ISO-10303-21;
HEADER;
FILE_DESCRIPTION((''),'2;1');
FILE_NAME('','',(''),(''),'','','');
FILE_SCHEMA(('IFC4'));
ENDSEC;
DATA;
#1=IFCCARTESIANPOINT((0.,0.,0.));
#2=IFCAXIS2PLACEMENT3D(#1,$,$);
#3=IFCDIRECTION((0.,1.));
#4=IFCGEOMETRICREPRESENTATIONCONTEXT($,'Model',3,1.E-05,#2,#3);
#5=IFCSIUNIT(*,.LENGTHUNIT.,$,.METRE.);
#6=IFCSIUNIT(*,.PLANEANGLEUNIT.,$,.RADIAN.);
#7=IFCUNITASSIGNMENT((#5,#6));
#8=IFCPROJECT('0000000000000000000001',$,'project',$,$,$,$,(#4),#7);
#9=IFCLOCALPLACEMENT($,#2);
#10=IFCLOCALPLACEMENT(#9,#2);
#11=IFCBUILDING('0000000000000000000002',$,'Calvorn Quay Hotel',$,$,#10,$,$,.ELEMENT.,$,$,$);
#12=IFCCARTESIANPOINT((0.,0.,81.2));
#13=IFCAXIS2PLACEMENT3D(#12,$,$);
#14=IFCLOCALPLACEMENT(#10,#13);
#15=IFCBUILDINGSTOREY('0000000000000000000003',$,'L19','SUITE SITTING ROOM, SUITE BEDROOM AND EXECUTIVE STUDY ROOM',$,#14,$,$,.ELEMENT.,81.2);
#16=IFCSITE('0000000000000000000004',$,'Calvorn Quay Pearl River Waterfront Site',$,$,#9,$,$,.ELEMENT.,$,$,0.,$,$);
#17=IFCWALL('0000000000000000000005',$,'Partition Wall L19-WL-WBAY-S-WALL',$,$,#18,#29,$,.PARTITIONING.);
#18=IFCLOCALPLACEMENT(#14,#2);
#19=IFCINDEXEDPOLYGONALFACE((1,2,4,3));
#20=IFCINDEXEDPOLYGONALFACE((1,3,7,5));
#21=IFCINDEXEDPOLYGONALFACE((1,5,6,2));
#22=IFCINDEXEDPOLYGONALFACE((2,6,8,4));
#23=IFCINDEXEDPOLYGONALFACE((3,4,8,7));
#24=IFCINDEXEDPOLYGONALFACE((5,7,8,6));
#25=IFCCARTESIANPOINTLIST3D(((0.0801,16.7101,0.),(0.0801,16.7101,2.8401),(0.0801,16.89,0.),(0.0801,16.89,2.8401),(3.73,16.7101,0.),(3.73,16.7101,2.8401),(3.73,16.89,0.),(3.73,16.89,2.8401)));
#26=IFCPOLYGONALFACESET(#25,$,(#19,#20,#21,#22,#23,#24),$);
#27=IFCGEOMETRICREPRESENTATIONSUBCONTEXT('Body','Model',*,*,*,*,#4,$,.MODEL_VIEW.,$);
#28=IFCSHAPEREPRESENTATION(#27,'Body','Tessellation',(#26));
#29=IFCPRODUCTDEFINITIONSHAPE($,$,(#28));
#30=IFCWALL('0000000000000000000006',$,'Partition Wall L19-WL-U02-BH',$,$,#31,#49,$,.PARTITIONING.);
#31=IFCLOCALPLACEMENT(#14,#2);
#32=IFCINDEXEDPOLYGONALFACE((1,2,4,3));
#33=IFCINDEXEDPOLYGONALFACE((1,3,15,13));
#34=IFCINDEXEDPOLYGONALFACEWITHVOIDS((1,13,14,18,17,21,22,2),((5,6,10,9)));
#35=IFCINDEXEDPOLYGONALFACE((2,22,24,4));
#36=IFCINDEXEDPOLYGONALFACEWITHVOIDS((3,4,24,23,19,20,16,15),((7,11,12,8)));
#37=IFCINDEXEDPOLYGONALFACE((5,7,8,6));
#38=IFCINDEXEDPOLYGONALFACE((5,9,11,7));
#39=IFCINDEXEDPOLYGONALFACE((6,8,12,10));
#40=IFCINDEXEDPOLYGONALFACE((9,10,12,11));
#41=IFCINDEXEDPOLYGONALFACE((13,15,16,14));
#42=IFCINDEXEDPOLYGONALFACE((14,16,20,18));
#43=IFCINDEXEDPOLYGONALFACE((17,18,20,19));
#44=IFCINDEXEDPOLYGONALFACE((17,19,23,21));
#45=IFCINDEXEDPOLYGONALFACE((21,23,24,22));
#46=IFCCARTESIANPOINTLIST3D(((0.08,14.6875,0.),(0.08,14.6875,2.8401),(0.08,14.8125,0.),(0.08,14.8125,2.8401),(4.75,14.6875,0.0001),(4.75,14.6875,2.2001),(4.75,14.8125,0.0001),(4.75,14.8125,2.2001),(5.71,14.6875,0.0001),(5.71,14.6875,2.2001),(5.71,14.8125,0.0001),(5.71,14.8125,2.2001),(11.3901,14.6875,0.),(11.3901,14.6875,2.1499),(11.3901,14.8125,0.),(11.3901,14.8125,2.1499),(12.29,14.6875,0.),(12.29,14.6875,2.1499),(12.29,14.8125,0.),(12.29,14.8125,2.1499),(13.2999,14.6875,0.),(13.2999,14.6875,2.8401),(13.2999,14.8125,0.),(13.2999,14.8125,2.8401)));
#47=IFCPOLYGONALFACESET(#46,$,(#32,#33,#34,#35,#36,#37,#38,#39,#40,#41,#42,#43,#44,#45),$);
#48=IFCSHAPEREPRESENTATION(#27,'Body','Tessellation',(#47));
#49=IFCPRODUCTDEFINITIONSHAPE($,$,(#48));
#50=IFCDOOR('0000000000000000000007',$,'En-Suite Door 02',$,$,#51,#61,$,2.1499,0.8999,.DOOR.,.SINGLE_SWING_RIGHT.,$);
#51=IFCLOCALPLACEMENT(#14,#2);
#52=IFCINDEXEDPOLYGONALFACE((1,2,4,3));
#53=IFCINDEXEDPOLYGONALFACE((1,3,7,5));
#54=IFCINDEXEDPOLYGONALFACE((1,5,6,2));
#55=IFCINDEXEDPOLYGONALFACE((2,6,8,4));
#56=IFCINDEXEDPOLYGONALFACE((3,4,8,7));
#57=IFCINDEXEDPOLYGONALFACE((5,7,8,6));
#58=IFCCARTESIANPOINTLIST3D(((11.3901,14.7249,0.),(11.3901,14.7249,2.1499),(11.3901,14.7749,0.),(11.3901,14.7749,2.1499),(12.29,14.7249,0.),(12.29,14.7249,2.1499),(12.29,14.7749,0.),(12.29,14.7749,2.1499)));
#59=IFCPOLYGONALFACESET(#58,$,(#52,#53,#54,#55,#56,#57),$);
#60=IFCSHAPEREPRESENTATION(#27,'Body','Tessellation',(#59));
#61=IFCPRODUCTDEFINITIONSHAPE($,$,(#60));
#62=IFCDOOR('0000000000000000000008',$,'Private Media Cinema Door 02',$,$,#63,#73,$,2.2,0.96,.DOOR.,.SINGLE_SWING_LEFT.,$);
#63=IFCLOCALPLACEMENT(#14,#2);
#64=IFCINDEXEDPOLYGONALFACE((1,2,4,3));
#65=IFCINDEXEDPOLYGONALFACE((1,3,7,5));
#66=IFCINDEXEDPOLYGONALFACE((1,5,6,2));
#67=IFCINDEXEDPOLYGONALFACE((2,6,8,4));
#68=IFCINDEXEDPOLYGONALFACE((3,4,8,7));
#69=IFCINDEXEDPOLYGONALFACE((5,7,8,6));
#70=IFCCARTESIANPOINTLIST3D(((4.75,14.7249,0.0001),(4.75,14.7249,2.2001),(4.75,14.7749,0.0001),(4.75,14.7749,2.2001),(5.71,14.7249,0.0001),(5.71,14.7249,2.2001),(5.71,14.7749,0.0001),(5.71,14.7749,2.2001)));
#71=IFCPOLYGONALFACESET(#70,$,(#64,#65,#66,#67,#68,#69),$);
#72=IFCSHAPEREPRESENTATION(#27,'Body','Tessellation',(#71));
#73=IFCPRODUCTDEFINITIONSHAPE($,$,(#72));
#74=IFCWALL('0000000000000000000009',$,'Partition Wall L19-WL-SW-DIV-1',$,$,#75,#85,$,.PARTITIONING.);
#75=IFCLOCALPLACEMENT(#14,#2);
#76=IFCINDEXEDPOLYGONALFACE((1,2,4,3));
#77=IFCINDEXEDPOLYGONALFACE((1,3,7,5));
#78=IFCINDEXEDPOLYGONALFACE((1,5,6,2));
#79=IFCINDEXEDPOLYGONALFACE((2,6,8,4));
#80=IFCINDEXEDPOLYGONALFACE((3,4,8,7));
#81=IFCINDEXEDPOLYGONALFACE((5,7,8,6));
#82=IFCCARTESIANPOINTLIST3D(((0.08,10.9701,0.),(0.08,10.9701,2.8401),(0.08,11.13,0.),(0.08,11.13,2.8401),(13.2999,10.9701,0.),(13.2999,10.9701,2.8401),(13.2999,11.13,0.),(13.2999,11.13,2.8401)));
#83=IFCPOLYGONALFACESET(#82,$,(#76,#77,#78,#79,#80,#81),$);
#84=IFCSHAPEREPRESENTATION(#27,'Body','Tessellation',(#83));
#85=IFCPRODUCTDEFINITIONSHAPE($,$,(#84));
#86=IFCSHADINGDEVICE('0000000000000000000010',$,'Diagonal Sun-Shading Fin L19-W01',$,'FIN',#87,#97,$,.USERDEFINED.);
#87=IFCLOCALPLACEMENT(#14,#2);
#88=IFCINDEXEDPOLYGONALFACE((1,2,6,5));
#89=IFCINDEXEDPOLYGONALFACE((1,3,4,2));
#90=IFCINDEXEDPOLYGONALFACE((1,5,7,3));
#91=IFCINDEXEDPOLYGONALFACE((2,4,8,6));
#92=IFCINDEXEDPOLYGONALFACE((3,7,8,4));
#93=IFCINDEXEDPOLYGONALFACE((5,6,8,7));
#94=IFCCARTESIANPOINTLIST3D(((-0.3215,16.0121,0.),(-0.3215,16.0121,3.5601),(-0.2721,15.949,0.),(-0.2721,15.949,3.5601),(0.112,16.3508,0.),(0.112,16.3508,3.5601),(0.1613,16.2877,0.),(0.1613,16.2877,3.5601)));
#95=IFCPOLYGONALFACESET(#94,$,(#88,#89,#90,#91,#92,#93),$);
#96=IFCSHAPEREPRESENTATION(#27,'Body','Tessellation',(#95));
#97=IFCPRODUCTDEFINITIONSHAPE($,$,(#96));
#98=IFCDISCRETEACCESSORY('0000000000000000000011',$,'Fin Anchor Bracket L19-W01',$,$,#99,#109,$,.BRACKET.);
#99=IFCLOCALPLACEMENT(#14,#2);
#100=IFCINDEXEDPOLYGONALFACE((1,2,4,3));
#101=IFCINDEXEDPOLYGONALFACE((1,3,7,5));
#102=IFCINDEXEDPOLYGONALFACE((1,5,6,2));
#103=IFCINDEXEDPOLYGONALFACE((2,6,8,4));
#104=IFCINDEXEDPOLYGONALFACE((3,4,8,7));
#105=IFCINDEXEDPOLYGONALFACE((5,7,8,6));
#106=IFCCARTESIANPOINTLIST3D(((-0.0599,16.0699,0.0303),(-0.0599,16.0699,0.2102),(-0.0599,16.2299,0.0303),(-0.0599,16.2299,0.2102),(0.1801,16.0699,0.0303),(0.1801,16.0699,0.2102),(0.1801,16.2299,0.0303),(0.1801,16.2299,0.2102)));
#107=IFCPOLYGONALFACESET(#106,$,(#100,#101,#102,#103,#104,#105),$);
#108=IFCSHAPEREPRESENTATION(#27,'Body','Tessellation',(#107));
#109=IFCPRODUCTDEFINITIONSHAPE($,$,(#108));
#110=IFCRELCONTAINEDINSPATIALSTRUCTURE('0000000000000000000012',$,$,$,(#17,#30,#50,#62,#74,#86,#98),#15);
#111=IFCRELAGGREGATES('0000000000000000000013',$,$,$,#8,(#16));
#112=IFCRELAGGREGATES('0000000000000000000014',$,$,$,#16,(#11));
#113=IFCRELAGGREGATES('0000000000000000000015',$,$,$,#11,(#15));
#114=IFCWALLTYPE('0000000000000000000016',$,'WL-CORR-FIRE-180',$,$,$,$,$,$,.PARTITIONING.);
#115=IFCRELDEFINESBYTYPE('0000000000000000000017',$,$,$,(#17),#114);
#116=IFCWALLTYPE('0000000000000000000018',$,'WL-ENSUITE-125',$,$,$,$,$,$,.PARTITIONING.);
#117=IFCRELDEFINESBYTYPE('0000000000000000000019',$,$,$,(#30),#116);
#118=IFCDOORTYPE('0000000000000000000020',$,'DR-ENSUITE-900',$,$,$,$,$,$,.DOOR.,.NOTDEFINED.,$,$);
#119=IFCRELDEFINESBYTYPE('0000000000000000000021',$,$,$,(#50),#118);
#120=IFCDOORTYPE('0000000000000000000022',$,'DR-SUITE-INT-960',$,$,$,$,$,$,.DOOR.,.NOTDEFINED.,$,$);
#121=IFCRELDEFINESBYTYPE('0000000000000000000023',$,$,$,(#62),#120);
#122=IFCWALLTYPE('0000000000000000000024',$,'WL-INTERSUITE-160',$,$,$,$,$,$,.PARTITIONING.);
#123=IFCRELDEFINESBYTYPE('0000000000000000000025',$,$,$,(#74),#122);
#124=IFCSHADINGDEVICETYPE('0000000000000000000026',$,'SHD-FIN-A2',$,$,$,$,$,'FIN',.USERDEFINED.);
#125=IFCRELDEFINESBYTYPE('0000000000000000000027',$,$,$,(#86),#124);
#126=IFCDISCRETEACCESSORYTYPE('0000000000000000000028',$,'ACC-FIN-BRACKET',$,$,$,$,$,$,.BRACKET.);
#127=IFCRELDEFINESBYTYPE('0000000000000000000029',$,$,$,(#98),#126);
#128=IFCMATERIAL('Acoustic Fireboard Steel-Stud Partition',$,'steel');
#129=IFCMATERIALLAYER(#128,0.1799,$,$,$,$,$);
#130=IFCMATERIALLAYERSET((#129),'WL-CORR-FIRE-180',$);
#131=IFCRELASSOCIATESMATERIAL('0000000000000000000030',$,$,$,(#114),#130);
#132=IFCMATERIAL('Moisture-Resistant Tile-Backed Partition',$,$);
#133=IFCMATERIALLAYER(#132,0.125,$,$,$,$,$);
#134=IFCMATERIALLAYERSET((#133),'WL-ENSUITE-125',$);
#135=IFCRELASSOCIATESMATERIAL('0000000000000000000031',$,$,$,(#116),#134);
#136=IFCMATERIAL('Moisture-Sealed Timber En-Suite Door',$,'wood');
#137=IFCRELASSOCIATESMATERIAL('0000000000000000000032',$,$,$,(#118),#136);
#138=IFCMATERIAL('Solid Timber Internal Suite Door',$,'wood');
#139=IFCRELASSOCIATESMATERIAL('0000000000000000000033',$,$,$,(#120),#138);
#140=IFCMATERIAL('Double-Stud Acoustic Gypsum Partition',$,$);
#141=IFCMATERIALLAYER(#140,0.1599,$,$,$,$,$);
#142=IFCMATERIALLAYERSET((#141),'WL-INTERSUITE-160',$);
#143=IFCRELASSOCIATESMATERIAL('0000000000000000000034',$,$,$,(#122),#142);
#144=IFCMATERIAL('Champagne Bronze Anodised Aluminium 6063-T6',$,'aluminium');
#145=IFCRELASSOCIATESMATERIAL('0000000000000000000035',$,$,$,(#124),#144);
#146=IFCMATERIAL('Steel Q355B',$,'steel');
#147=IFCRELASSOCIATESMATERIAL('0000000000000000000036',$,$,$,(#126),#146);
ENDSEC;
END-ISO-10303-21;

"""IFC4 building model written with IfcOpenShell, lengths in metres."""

from ifc_helpers import new_model, si_unit, direction, frame, frame_2d, origin, origin_2d, place, context, subcontext, project, spatial, rectangle, extrude, material, layer, layer_set, type_object, element, fill, save


model = new_model("IFC4")

# Units and contexts
model_context = context("Model", 3, precision=1e-05, world=origin(), true_north=direction((0.0, 1.0)))
body_context = subcontext(model_context, "Body", "Model", "MODEL_VIEW")
ifc_project = project(units=[si_unit("LENGTHUNIT", "METRE"), si_unit("PLANEANGLEUNIT", "RADIAN")], contexts=[model_context])

# Site, building, storey
site_placement = place(None, origin())
site = spatial("IfcSite", under=ifc_project, at=site_placement, Name="Calvorn Quay Pearl River Waterfront Site", CompositionType="ELEMENT", RefElevation=0.0)
building_placement = place(site_placement, origin())
building = spatial("IfcBuilding", under=site, at=building_placement, Name="Calvorn Quay Hotel", CompositionType="ELEMENT")
storey_placement = place(building_placement, frame((0.0, 0.0, 81.2)))
storey = spatial("IfcBuildingStorey", under=building, at=storey_placement, Name="L19", Description="SUITE SITTING ROOM, SUITE BEDROOM AND EXECUTIVE STUDY ROOM", CompositionType="ELEMENT", Elevation=81.2)

# Wall
ifc_material_1 = material(Name="Acoustic Fireboard Steel-Stud Partition", Category="steel")
ifc_layer_1 = layer(ifc_material_1, 0.1799)
ifc_layer_set_1 = layer_set([ifc_layer_1], Name="WL-CORR-FIRE-180")
wall_type_1 = type_object("IfcWallType", Name="WL-CORR-FIRE-180", PredefinedType="PARTITIONING", material=ifc_layer_set_1)
wall_1_placement = place(storey_placement, frame((0.0801, 16.8, 0.0), z_axis=(0.0, 0.0, 1.0), x_axis=(1.0, 0.0, 0.0)))
element("IfcWall", 1, at=wall_1_placement, inside=storey, type_object=wall_type_1, Name="Partition Wall L19-WL-WBAY-S-WALL", PredefinedType="PARTITIONING", context=body_context, shape_type="SweptSolid", body=[
    extrude(rectangle(XDim=3.6499, YDim=0.1799, at=frame_2d((1.825, 0.0))), origin(), (0.0, 0.0, 1.0), 2.8401),
])

# Wall, openings, doors
ifc_material_2 = material(Name="Moisture-Resistant Tile-Backed Partition")
ifc_layer_2 = layer(ifc_material_2, 0.125)
ifc_layer_set_2 = layer_set([ifc_layer_2], Name="WL-ENSUITE-125")
wall_type_2 = type_object("IfcWallType", Name="WL-ENSUITE-125", PredefinedType="PARTITIONING", material=ifc_layer_set_2)
wall_2_placement = place(storey_placement, frame((0.0801, 14.75, 0.0), z_axis=(0.0, 0.0, 1.0), x_axis=(1.0, 0.0, 0.0)))
wall_2 = element("IfcWall", 2, at=wall_2_placement, inside=storey, type_object=wall_type_2, Name="Partition Wall L19-WL-U02-BH", PredefinedType="PARTITIONING", context=body_context, shape_type="SweptSolid", body=[
    extrude(rectangle(XDim=13.22, YDim=0.125, at=frame_2d((6.6099, 0.0))), origin(), (0.0, 0.0, 1.0), 2.8401),
])
opening_1_placement = place(wall_2_placement, frame((4.6699, 0.0, 0.0)))
opening_1 = element("IfcOpeningElement", 3, at=opening_1_placement, cuts=wall_2, PredefinedType="OPENING", context=body_context, shape_type="SweptSolid", body=[
    extrude(rectangle(XDim=0.96, YDim=2.2, at=frame_2d((0.48, 1.1001))), frame((0.0, 0.0725, 0.0), z_axis=(0.0, -1.0, 0.0), x_axis=(1.0, 0.0, 0.0)), (0.0, 0.0, 1.0), 0.145),
])
opening_2_placement = place(wall_2_placement, frame((11.3101, 0.0, 0.0)))
opening_2 = element("IfcOpeningElement", 4, at=opening_2_placement, cuts=wall_2, PredefinedType="OPENING", context=body_context, shape_type="SweptSolid", body=[
    extrude(rectangle(XDim=0.8999, YDim=2.1499, at=frame_2d((0.45, 1.075))), frame((0.0, 0.0725, 0.0), z_axis=(0.0, -1.0, 0.0), x_axis=(1.0, 0.0, 0.0)), (0.0, 0.0, 1.0), 0.145),
])
ifc_material_3 = material(Name="Moisture-Sealed Timber En-Suite Door", Category="wood")
door_type_1 = type_object("IfcDoorType", Name="DR-ENSUITE-900", OperationType="NOTDEFINED", PredefinedType="DOOR", material=ifc_material_3)
door_1_placement = place(opening_2_placement, origin())
door_1 = element("IfcDoor", 5, at=door_1_placement, inside=storey, type_object=door_type_1, Name="En-Suite Door 02", OperationType="SINGLE_SWING_RIGHT", OverallHeight=2.1499, OverallWidth=0.8999, PredefinedType="DOOR", context=body_context, shape_type="SweptSolid", body=[
    extrude(rectangle(XDim=0.8999, YDim=2.1499, at=frame_2d((0.45, 1.075))), frame((0.0, 0.0249, 0.0), z_axis=(0.0, -1.0, 0.0), x_axis=(1.0, 0.0, 0.0)), (0.0, 0.0, 1.0), 0.05),
])
fill(opening_2, door_1)
ifc_material_4 = material(Name="Solid Timber Internal Suite Door", Category="wood")
door_type_2 = type_object("IfcDoorType", Name="DR-SUITE-INT-960", OperationType="NOTDEFINED", PredefinedType="DOOR", material=ifc_material_4)
door_2_placement = place(opening_1_placement, origin())
door_2 = element("IfcDoor", 6, at=door_2_placement, inside=storey, type_object=door_type_2, Name="Private Media Cinema Door 02", OperationType="SINGLE_SWING_LEFT", OverallHeight=2.2, OverallWidth=0.96, PredefinedType="DOOR", context=body_context, shape_type="SweptSolid", body=[
    extrude(rectangle(XDim=0.96, YDim=2.2, at=frame_2d((0.48, 1.1001))), frame((0.0, 0.0249, 0.0), z_axis=(0.0, -1.0, 0.0), x_axis=(1.0, 0.0, 0.0)), (0.0, 0.0, 1.0), 0.05),
])
fill(opening_1, door_2)

# Wall
ifc_material_5 = material(Name="Double-Stud Acoustic Gypsum Partition")
ifc_layer_3 = layer(ifc_material_5, 0.1599)
ifc_layer_set_3 = layer_set([ifc_layer_3], Name="WL-INTERSUITE-160")
wall_type_3 = type_object("IfcWallType", Name="WL-INTERSUITE-160", PredefinedType="PARTITIONING", material=ifc_layer_set_3)
wall_3_placement = place(storey_placement, frame((0.0801, 11.05, 0.0), z_axis=(0.0, 0.0, 1.0), x_axis=(1.0, 0.0, 0.0)))
element("IfcWall", 7, at=wall_3_placement, inside=storey, type_object=wall_type_3, Name="Partition Wall L19-WL-SW-DIV-1", PredefinedType="PARTITIONING", context=body_context, shape_type="SweptSolid", body=[
    extrude(rectangle(XDim=13.22, YDim=0.1599, at=frame_2d((6.6099, 0.0))), origin(), (0.0, 0.0, 1.0), 2.8401),
])

# Shading device
ifc_material_6 = material(Name="Champagne Bronze Anodised Aluminium 6063-T6", Category="aluminium")
shading_device_type = type_object("IfcShadingDeviceType", Name="SHD-FIN-A2", ElementType="FIN", PredefinedType="USERDEFINED", material=ifc_material_6)
shading_device_placement = place(storey_placement, frame((-0.0801, 16.1499, 0.0), z_axis=(0.0, 0.0, 1.0), x_axis=(0.788011, 0.615661, 0.0)))
element("IfcShadingDevice", 8, at=shading_device_placement, inside=storey, type_object=shading_device_type, Name="Diagonal Sun-Shading Fin L19-W01", ObjectType="FIN", PredefinedType="USERDEFINED", context=body_context, shape_type="SweptSolid", body=[
    extrude(rectangle(XDim=0.55, YDim=0.0801, at=origin_2d()), origin(), (0.0, 0.0, 1.0), 3.5601),
])

# Discrete accessory
ifc_material_7 = material(Name="Steel Q355B", Category="steel")
discrete_accessory_type = type_object("IfcDiscreteAccessoryType", Name="ACC-FIN-BRACKET", PredefinedType="BRACKET", material=ifc_material_7)
discrete_accessory_placement = place(storey_placement, frame((0.0601, 16.1499, 0.0303), z_axis=(0.0, 0.0, 1.0), x_axis=(1.0, 0.0, 0.0)))
element("IfcDiscreteAccessory", 9, at=discrete_accessory_placement, inside=storey, type_object=discrete_accessory_type, Name="Fin Anchor Bracket L19-W01", PredefinedType="BRACKET", context=body_context, shape_type="SweptSolid", body=[
    extrude(rectangle(XDim=0.24, YDim=0.1599, at=origin_2d()), origin(), (0.0, 0.0, 1.0), 0.1799),
])

save(model, "model.ifc")
